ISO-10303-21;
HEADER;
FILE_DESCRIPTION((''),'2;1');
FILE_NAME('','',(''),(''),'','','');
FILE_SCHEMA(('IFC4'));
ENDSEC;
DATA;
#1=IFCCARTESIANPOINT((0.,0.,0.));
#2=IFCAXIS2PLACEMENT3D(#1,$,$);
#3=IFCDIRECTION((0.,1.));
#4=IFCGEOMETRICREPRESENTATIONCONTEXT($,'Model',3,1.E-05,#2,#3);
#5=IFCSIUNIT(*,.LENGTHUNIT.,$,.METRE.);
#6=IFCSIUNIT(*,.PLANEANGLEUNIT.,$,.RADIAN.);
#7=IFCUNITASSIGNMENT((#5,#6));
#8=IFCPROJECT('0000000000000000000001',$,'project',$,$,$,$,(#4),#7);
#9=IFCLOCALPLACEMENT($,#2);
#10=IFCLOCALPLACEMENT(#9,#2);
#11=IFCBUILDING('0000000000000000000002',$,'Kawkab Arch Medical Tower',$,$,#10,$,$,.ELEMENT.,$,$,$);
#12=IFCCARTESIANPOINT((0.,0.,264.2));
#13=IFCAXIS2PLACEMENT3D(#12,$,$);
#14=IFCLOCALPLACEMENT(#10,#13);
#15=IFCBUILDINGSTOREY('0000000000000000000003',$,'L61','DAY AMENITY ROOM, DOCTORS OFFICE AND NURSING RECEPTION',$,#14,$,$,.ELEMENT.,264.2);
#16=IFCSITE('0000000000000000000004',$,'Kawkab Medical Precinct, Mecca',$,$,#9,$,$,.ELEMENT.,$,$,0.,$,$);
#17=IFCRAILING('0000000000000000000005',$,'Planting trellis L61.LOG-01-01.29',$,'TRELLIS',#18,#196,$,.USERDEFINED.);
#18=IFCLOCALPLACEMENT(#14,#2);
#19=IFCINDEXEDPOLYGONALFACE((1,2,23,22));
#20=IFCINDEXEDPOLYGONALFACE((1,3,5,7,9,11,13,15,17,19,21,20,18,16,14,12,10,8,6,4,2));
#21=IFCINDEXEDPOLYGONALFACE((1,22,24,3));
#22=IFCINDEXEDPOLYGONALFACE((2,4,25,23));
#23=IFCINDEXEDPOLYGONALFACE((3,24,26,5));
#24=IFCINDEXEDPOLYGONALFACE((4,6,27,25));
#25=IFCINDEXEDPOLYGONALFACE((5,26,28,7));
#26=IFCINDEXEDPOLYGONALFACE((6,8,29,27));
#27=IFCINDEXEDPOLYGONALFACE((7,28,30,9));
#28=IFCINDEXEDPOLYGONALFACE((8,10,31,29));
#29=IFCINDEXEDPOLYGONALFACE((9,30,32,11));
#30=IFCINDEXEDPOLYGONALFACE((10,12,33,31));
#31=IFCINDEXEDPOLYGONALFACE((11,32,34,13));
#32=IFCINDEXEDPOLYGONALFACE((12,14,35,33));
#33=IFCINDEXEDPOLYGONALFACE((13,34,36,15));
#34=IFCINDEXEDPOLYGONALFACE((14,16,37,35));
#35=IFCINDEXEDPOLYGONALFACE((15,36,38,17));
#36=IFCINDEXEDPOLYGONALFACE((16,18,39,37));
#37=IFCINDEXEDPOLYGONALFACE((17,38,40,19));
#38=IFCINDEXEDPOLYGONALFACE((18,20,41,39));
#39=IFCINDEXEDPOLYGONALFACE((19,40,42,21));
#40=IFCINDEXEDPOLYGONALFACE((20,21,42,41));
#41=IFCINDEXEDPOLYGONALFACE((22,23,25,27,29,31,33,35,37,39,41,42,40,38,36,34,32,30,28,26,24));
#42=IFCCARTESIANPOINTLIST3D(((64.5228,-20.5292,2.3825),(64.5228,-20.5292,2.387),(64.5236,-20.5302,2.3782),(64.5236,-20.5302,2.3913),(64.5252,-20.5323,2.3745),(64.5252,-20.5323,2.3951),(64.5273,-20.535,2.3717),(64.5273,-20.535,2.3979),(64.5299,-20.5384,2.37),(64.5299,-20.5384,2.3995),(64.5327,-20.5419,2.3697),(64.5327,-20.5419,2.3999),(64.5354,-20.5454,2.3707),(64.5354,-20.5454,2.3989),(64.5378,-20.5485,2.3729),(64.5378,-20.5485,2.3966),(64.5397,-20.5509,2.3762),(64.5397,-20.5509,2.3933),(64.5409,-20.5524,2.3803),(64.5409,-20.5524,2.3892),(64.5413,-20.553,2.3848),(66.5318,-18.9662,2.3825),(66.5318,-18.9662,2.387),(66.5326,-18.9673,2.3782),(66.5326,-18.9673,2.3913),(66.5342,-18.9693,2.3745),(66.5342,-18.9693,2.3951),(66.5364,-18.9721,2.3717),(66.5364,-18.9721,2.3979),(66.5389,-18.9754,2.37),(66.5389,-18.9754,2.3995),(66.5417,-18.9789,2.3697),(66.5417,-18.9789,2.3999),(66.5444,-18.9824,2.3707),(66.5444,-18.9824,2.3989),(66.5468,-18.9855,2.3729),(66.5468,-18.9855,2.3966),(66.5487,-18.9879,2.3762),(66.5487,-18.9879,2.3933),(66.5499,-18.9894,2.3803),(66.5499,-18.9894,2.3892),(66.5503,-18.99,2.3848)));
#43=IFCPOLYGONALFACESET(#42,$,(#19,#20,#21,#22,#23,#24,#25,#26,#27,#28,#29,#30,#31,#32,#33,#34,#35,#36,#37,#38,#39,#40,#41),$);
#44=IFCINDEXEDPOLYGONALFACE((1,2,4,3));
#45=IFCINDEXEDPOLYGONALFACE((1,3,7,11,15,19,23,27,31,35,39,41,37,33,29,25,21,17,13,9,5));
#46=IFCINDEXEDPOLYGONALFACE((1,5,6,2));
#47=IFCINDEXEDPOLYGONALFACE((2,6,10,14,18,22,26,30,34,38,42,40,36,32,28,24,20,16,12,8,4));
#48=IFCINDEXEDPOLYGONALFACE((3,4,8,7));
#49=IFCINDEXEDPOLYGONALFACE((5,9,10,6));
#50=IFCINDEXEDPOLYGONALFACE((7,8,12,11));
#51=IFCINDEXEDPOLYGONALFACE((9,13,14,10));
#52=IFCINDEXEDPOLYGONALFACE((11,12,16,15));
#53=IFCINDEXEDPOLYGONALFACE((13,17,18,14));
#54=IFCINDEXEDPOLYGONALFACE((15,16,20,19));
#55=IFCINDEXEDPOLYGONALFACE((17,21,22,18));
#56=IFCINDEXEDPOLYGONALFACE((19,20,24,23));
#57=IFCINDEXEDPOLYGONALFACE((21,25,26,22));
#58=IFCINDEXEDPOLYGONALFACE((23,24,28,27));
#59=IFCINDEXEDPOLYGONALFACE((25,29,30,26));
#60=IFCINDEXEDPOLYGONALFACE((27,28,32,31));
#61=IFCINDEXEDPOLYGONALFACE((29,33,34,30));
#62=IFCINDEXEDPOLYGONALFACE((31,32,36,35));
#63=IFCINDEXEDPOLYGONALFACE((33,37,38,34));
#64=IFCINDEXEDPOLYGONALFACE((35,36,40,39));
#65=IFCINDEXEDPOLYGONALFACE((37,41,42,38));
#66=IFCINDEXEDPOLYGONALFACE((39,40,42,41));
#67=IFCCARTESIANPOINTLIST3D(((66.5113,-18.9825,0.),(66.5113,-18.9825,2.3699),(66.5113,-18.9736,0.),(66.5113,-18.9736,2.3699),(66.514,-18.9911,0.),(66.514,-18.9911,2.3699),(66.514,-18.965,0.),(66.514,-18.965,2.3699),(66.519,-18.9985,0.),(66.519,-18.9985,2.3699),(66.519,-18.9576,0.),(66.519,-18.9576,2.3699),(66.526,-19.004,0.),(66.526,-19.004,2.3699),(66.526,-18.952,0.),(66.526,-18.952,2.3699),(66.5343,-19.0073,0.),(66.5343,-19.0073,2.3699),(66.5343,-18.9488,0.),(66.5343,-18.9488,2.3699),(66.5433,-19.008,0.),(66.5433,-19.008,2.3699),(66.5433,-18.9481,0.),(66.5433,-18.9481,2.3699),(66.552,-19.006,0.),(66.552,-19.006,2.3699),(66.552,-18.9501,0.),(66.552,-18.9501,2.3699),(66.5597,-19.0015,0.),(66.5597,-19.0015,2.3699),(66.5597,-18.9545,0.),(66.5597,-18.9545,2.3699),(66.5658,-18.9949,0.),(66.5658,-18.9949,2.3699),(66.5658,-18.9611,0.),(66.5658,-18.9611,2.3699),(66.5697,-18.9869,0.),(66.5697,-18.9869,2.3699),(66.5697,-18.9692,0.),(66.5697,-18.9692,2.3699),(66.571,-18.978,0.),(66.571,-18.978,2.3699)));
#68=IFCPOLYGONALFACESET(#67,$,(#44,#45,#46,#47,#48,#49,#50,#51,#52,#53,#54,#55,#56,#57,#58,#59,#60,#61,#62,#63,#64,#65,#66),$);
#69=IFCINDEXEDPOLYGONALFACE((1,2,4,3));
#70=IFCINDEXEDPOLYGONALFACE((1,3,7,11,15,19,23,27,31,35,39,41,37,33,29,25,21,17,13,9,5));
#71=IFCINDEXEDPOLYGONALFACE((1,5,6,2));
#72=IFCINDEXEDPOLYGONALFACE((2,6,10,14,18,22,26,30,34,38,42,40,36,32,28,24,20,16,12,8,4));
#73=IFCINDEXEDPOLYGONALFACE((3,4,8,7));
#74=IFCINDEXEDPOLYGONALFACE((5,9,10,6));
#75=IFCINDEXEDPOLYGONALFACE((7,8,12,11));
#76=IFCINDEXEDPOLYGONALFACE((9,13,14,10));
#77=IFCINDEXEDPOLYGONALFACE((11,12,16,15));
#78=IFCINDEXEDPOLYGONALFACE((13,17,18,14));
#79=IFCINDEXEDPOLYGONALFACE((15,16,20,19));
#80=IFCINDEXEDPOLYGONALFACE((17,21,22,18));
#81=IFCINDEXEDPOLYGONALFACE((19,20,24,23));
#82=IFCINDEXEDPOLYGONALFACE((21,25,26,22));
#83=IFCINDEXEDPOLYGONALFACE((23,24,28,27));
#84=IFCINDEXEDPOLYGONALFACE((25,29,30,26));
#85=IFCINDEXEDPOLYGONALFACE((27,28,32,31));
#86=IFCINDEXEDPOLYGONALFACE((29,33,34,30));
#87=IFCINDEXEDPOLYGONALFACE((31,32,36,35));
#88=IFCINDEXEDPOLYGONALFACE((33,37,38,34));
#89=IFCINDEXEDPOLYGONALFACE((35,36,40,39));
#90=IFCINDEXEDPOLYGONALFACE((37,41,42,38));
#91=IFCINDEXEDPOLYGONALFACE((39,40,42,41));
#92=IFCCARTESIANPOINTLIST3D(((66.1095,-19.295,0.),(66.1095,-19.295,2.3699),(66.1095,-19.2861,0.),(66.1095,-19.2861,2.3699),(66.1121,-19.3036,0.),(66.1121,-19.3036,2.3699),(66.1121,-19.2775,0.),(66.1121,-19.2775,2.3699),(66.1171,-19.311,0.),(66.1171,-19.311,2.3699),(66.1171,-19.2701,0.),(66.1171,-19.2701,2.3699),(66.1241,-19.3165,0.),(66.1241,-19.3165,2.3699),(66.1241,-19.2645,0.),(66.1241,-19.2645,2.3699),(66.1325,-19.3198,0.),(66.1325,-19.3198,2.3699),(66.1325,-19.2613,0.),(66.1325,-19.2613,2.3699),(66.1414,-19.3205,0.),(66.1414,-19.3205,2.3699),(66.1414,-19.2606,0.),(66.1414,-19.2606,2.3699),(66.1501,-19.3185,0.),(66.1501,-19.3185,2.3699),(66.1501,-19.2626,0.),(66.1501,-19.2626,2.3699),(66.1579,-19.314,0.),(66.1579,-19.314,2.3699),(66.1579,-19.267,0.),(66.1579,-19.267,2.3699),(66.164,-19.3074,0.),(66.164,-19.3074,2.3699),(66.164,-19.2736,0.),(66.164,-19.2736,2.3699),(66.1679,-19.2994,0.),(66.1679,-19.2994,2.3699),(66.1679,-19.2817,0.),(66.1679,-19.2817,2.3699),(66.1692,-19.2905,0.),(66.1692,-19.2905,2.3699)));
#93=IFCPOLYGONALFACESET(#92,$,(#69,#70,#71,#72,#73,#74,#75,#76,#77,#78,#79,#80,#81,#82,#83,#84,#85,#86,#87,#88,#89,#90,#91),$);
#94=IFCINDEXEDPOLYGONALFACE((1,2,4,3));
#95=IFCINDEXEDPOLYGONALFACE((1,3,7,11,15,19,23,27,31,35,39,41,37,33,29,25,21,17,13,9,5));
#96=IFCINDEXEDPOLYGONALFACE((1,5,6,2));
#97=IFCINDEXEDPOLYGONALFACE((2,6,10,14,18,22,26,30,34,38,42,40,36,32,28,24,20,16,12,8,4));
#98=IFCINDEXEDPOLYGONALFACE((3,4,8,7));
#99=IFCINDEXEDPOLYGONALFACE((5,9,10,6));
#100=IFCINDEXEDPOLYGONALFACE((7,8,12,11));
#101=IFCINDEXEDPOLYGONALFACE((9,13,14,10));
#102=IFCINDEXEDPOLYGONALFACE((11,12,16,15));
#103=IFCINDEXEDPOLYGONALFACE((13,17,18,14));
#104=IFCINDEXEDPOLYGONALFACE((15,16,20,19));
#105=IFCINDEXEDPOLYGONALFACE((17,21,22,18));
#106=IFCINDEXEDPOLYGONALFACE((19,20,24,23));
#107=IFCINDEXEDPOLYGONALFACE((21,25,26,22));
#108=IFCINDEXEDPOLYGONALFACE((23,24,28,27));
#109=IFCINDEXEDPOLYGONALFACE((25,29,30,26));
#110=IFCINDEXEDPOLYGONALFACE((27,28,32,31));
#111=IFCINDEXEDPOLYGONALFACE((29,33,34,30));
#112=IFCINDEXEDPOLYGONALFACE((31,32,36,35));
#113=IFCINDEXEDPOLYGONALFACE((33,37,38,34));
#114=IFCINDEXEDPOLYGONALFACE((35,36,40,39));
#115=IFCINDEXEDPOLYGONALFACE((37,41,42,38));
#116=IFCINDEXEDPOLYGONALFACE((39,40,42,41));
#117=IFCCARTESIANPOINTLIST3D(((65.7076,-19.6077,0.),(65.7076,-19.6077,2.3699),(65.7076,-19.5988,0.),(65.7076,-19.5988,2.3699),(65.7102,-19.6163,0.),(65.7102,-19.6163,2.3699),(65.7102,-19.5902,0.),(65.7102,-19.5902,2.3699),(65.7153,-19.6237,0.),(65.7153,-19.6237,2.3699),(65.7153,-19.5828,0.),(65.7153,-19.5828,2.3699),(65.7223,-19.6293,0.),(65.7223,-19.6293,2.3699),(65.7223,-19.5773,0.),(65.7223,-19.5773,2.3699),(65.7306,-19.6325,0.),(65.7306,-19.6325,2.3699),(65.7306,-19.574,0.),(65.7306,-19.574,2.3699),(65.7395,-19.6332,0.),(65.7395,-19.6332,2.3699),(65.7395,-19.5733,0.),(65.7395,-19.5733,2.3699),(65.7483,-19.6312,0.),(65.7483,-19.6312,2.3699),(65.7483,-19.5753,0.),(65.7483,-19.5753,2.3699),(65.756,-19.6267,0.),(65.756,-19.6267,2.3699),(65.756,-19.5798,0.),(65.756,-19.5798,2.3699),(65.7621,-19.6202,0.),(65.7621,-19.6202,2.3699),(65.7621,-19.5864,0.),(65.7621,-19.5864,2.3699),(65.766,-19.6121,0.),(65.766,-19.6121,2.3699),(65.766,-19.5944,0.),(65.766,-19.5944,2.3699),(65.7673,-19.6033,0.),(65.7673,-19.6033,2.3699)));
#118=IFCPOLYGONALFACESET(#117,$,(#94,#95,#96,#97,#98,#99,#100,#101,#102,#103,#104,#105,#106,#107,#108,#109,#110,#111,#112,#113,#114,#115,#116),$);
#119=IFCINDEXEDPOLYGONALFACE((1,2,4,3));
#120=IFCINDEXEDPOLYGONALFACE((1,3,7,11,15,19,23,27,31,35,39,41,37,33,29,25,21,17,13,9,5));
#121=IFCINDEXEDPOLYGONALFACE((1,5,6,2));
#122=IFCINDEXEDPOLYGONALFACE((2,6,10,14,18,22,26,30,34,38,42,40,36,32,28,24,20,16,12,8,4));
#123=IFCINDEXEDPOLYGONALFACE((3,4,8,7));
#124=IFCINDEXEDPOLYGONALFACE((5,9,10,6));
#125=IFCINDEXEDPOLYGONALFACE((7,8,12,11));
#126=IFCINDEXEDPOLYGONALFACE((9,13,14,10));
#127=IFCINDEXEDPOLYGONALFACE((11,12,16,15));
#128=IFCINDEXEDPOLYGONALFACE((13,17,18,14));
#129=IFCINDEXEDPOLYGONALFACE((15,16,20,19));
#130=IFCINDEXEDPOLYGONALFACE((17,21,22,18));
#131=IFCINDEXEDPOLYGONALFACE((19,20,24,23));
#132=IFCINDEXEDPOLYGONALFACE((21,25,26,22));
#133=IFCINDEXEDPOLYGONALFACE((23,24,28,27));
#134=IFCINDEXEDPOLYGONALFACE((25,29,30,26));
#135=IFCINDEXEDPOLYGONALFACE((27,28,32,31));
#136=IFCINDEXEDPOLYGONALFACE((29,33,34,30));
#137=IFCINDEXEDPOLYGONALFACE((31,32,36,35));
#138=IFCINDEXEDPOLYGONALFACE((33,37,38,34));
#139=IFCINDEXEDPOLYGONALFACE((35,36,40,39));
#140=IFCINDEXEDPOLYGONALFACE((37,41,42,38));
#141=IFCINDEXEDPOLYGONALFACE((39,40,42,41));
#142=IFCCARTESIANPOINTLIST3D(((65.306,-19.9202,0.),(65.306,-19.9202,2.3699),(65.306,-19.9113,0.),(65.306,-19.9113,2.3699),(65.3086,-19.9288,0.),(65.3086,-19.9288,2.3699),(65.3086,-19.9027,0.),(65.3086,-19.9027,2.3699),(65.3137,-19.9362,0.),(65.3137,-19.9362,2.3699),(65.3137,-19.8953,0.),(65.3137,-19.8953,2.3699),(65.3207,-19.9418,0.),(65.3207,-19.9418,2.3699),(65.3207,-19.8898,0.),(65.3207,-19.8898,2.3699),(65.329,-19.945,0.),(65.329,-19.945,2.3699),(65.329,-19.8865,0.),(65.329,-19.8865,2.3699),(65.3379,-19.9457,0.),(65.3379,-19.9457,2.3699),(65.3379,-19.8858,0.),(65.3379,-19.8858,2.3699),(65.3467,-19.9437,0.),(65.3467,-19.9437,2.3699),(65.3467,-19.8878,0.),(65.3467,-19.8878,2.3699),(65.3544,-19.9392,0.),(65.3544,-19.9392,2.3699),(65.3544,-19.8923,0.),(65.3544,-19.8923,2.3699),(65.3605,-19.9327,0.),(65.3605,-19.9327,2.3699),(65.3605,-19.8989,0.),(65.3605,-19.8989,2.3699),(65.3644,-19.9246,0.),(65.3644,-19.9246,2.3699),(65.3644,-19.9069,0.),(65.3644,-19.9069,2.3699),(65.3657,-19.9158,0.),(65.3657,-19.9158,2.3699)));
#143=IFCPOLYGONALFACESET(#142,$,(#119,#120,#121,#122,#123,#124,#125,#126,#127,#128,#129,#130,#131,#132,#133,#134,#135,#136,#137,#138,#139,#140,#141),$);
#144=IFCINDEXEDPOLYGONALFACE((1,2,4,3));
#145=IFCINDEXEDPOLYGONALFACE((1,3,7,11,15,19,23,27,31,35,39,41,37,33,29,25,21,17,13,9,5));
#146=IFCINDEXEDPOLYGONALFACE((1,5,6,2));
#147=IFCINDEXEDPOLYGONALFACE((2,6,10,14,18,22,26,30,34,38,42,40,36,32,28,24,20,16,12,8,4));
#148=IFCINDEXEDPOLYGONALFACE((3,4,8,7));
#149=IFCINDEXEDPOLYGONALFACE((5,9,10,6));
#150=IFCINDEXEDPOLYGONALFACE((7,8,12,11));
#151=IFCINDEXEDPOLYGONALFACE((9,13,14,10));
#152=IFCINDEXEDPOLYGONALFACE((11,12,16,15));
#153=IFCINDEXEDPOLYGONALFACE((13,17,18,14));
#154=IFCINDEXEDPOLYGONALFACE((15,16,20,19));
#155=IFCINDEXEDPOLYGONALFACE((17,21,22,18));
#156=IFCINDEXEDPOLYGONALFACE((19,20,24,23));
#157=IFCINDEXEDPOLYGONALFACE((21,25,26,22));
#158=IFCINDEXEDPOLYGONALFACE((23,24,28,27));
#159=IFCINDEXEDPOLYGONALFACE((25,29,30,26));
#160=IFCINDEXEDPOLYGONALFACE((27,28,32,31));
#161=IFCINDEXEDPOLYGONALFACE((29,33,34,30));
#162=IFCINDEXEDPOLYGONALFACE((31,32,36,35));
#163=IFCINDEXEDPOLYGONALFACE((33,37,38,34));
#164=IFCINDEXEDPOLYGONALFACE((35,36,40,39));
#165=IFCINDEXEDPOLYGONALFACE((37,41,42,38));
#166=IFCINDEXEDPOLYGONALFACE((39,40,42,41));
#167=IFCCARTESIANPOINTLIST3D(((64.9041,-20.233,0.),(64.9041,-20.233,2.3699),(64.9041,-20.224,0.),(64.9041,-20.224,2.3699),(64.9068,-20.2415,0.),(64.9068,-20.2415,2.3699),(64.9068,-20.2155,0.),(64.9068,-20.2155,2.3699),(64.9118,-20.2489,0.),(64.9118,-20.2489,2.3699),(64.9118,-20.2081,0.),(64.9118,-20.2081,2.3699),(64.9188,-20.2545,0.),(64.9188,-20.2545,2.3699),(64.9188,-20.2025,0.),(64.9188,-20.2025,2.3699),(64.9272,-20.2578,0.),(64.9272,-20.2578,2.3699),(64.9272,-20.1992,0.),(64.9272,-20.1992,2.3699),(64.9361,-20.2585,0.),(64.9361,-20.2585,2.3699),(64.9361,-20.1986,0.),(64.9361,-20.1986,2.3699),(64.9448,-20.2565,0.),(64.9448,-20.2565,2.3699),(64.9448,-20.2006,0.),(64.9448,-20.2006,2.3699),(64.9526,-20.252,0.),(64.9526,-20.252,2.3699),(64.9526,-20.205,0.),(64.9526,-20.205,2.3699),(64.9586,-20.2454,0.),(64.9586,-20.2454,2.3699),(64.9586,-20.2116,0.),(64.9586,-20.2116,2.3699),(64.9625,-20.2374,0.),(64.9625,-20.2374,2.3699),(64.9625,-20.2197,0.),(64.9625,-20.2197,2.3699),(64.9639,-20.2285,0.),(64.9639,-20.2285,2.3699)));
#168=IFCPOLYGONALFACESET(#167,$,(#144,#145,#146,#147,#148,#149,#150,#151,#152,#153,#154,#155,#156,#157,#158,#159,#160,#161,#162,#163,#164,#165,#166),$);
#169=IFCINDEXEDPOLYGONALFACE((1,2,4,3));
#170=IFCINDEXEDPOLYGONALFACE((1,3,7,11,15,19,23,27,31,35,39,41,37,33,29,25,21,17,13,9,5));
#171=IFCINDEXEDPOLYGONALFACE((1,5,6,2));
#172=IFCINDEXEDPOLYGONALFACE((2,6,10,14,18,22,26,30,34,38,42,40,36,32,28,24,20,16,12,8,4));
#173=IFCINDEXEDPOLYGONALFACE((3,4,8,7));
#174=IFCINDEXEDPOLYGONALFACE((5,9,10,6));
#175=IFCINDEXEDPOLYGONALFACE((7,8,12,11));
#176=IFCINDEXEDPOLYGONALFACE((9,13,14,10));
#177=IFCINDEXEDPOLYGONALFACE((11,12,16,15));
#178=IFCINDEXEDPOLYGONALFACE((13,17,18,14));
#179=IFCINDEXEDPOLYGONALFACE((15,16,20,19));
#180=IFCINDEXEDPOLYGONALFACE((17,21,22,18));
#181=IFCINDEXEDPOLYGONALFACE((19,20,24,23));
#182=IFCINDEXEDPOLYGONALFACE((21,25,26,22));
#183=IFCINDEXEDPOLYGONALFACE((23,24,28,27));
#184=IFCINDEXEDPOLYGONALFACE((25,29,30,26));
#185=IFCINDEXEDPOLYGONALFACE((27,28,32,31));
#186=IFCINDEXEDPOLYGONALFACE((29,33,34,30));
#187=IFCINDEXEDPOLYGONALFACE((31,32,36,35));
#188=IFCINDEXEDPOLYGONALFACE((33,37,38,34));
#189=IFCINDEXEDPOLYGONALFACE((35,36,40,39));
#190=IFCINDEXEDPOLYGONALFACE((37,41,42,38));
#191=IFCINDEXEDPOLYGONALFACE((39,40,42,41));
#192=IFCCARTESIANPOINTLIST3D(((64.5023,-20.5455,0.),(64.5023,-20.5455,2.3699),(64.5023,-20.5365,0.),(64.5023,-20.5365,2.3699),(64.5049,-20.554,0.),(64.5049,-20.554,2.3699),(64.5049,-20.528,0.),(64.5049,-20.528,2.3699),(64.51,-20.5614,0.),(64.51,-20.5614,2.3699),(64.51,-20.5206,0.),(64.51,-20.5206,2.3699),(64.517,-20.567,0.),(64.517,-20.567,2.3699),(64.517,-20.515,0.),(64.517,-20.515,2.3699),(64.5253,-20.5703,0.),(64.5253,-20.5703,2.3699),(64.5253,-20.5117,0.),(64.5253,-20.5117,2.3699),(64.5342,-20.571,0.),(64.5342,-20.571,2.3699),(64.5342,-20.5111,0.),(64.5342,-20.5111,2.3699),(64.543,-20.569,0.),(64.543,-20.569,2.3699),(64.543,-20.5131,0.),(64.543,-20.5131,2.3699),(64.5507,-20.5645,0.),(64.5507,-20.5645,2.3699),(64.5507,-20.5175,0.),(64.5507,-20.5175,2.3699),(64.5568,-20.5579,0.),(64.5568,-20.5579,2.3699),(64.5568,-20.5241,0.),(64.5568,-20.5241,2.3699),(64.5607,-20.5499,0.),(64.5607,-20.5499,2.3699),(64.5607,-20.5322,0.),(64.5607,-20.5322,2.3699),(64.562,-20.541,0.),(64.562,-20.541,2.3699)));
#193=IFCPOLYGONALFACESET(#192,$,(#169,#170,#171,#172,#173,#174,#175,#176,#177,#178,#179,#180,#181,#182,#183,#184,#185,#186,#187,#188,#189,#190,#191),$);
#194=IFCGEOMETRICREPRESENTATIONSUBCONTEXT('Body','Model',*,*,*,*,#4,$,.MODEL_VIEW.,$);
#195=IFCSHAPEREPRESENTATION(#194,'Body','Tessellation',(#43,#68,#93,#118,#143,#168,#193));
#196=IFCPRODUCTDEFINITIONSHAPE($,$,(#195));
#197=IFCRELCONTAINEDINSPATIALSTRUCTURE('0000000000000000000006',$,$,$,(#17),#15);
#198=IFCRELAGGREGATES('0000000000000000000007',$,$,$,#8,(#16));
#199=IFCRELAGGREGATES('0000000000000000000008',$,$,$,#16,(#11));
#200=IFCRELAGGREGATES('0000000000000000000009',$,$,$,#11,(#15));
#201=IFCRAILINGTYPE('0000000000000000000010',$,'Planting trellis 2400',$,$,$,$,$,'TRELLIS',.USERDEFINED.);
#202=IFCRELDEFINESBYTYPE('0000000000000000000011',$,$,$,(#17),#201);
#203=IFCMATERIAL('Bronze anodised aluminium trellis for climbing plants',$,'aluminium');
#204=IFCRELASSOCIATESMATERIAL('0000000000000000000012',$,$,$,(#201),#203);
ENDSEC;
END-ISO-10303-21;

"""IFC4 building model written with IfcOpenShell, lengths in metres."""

from ifc_helpers import new_model, si_unit, direction, frame, origin, origin_2d, place, context, subcontext, project, spatial, circle, extrude, material, type_object, element, save


model = new_model("IFC4")

# Units and contexts
model_context = context("Model", 3, precision=1e-05, world=origin(), true_north=direction((0.0, 1.0)))
body_context = subcontext(model_context, "Body", "Model", "MODEL_VIEW")
ifc_project = project(units=[si_unit("LENGTHUNIT", "METRE"), si_unit("PLANEANGLEUNIT", "RADIAN")], contexts=[model_context])

# Site, building, storey
site_placement = place(None, origin())
site = spatial("IfcSite", under=ifc_project, at=site_placement, Name="Kawkab Medical Precinct, Mecca", CompositionType="ELEMENT", RefElevation=0.0)
building_placement = place(site_placement, origin())
building = spatial("IfcBuilding", under=site, at=building_placement, Name="Kawkab Arch Medical Tower", CompositionType="ELEMENT")
storey_placement = place(building_placement, frame((0.0, 0.0, 264.2)))
storey = spatial("IfcBuildingStorey", under=building, at=storey_placement, Name="L61", Description="DAY AMENITY ROOM, DOCTORS OFFICE AND NURSING RECEPTION", CompositionType="ELEMENT", Elevation=264.2)

# Railing
ifc_material_1 = material(Name="Bronze anodised aluminium trellis for climbing plants", Category="aluminium")
railing_type = type_object("IfcRailingType", Name="Planting trellis 2400", ElementType="TRELLIS", PredefinedType="USERDEFINED", material=ifc_material_1)
railing_1_placement = place(storey_placement, frame((66.541, -18.978, 0.0)))
element("IfcRailing", 1, at=railing_1_placement, inside=storey, type_object=railing_type, Name="Planting trellis L61.LOG-01-01.29", ObjectType="TRELLIS", PredefinedType="USERDEFINED", context=body_context, shape_type="SweptSolid", body=[
    extrude(circle(Radius=0.0151, at=origin_2d()), frame((0.0, 0.0, 2.3848), z_axis=(-0.789275, -0.61404, 0.0), x_axis=(0.61404, -0.789275, 0.0)), (0.0, 0.0, 1.0), 2.5454),
    extrude(circle(Radius=0.03, at=origin_2d()), origin(), (0.0, 0.0, 1.0), 2.3699),
    extrude(circle(Radius=0.03, at=origin_2d()), frame((-0.4019, -0.3125, 0.0)), (0.0, 0.0, 1.0), 2.3699),
    extrude(circle(Radius=0.03, at=origin_2d()), frame((-0.8037, -0.6252, 0.0)), (0.0, 0.0, 1.0), 2.3699),
    extrude(circle(Radius=0.03, at=origin_2d()), frame((-1.2053, -0.9377, 0.0)), (0.0, 0.0, 1.0), 2.3699),
    extrude(circle(Radius=0.03, at=origin_2d()), frame((-1.6072, -1.2505, 0.0)), (0.0, 0.0, 1.0), 2.3699),
    extrude(circle(Radius=0.03, at=origin_2d()), frame((-2.009, -1.563, 0.0)), (0.0, 0.0, 1.0), 2.3699),
])

save(model, "model.ifc")
